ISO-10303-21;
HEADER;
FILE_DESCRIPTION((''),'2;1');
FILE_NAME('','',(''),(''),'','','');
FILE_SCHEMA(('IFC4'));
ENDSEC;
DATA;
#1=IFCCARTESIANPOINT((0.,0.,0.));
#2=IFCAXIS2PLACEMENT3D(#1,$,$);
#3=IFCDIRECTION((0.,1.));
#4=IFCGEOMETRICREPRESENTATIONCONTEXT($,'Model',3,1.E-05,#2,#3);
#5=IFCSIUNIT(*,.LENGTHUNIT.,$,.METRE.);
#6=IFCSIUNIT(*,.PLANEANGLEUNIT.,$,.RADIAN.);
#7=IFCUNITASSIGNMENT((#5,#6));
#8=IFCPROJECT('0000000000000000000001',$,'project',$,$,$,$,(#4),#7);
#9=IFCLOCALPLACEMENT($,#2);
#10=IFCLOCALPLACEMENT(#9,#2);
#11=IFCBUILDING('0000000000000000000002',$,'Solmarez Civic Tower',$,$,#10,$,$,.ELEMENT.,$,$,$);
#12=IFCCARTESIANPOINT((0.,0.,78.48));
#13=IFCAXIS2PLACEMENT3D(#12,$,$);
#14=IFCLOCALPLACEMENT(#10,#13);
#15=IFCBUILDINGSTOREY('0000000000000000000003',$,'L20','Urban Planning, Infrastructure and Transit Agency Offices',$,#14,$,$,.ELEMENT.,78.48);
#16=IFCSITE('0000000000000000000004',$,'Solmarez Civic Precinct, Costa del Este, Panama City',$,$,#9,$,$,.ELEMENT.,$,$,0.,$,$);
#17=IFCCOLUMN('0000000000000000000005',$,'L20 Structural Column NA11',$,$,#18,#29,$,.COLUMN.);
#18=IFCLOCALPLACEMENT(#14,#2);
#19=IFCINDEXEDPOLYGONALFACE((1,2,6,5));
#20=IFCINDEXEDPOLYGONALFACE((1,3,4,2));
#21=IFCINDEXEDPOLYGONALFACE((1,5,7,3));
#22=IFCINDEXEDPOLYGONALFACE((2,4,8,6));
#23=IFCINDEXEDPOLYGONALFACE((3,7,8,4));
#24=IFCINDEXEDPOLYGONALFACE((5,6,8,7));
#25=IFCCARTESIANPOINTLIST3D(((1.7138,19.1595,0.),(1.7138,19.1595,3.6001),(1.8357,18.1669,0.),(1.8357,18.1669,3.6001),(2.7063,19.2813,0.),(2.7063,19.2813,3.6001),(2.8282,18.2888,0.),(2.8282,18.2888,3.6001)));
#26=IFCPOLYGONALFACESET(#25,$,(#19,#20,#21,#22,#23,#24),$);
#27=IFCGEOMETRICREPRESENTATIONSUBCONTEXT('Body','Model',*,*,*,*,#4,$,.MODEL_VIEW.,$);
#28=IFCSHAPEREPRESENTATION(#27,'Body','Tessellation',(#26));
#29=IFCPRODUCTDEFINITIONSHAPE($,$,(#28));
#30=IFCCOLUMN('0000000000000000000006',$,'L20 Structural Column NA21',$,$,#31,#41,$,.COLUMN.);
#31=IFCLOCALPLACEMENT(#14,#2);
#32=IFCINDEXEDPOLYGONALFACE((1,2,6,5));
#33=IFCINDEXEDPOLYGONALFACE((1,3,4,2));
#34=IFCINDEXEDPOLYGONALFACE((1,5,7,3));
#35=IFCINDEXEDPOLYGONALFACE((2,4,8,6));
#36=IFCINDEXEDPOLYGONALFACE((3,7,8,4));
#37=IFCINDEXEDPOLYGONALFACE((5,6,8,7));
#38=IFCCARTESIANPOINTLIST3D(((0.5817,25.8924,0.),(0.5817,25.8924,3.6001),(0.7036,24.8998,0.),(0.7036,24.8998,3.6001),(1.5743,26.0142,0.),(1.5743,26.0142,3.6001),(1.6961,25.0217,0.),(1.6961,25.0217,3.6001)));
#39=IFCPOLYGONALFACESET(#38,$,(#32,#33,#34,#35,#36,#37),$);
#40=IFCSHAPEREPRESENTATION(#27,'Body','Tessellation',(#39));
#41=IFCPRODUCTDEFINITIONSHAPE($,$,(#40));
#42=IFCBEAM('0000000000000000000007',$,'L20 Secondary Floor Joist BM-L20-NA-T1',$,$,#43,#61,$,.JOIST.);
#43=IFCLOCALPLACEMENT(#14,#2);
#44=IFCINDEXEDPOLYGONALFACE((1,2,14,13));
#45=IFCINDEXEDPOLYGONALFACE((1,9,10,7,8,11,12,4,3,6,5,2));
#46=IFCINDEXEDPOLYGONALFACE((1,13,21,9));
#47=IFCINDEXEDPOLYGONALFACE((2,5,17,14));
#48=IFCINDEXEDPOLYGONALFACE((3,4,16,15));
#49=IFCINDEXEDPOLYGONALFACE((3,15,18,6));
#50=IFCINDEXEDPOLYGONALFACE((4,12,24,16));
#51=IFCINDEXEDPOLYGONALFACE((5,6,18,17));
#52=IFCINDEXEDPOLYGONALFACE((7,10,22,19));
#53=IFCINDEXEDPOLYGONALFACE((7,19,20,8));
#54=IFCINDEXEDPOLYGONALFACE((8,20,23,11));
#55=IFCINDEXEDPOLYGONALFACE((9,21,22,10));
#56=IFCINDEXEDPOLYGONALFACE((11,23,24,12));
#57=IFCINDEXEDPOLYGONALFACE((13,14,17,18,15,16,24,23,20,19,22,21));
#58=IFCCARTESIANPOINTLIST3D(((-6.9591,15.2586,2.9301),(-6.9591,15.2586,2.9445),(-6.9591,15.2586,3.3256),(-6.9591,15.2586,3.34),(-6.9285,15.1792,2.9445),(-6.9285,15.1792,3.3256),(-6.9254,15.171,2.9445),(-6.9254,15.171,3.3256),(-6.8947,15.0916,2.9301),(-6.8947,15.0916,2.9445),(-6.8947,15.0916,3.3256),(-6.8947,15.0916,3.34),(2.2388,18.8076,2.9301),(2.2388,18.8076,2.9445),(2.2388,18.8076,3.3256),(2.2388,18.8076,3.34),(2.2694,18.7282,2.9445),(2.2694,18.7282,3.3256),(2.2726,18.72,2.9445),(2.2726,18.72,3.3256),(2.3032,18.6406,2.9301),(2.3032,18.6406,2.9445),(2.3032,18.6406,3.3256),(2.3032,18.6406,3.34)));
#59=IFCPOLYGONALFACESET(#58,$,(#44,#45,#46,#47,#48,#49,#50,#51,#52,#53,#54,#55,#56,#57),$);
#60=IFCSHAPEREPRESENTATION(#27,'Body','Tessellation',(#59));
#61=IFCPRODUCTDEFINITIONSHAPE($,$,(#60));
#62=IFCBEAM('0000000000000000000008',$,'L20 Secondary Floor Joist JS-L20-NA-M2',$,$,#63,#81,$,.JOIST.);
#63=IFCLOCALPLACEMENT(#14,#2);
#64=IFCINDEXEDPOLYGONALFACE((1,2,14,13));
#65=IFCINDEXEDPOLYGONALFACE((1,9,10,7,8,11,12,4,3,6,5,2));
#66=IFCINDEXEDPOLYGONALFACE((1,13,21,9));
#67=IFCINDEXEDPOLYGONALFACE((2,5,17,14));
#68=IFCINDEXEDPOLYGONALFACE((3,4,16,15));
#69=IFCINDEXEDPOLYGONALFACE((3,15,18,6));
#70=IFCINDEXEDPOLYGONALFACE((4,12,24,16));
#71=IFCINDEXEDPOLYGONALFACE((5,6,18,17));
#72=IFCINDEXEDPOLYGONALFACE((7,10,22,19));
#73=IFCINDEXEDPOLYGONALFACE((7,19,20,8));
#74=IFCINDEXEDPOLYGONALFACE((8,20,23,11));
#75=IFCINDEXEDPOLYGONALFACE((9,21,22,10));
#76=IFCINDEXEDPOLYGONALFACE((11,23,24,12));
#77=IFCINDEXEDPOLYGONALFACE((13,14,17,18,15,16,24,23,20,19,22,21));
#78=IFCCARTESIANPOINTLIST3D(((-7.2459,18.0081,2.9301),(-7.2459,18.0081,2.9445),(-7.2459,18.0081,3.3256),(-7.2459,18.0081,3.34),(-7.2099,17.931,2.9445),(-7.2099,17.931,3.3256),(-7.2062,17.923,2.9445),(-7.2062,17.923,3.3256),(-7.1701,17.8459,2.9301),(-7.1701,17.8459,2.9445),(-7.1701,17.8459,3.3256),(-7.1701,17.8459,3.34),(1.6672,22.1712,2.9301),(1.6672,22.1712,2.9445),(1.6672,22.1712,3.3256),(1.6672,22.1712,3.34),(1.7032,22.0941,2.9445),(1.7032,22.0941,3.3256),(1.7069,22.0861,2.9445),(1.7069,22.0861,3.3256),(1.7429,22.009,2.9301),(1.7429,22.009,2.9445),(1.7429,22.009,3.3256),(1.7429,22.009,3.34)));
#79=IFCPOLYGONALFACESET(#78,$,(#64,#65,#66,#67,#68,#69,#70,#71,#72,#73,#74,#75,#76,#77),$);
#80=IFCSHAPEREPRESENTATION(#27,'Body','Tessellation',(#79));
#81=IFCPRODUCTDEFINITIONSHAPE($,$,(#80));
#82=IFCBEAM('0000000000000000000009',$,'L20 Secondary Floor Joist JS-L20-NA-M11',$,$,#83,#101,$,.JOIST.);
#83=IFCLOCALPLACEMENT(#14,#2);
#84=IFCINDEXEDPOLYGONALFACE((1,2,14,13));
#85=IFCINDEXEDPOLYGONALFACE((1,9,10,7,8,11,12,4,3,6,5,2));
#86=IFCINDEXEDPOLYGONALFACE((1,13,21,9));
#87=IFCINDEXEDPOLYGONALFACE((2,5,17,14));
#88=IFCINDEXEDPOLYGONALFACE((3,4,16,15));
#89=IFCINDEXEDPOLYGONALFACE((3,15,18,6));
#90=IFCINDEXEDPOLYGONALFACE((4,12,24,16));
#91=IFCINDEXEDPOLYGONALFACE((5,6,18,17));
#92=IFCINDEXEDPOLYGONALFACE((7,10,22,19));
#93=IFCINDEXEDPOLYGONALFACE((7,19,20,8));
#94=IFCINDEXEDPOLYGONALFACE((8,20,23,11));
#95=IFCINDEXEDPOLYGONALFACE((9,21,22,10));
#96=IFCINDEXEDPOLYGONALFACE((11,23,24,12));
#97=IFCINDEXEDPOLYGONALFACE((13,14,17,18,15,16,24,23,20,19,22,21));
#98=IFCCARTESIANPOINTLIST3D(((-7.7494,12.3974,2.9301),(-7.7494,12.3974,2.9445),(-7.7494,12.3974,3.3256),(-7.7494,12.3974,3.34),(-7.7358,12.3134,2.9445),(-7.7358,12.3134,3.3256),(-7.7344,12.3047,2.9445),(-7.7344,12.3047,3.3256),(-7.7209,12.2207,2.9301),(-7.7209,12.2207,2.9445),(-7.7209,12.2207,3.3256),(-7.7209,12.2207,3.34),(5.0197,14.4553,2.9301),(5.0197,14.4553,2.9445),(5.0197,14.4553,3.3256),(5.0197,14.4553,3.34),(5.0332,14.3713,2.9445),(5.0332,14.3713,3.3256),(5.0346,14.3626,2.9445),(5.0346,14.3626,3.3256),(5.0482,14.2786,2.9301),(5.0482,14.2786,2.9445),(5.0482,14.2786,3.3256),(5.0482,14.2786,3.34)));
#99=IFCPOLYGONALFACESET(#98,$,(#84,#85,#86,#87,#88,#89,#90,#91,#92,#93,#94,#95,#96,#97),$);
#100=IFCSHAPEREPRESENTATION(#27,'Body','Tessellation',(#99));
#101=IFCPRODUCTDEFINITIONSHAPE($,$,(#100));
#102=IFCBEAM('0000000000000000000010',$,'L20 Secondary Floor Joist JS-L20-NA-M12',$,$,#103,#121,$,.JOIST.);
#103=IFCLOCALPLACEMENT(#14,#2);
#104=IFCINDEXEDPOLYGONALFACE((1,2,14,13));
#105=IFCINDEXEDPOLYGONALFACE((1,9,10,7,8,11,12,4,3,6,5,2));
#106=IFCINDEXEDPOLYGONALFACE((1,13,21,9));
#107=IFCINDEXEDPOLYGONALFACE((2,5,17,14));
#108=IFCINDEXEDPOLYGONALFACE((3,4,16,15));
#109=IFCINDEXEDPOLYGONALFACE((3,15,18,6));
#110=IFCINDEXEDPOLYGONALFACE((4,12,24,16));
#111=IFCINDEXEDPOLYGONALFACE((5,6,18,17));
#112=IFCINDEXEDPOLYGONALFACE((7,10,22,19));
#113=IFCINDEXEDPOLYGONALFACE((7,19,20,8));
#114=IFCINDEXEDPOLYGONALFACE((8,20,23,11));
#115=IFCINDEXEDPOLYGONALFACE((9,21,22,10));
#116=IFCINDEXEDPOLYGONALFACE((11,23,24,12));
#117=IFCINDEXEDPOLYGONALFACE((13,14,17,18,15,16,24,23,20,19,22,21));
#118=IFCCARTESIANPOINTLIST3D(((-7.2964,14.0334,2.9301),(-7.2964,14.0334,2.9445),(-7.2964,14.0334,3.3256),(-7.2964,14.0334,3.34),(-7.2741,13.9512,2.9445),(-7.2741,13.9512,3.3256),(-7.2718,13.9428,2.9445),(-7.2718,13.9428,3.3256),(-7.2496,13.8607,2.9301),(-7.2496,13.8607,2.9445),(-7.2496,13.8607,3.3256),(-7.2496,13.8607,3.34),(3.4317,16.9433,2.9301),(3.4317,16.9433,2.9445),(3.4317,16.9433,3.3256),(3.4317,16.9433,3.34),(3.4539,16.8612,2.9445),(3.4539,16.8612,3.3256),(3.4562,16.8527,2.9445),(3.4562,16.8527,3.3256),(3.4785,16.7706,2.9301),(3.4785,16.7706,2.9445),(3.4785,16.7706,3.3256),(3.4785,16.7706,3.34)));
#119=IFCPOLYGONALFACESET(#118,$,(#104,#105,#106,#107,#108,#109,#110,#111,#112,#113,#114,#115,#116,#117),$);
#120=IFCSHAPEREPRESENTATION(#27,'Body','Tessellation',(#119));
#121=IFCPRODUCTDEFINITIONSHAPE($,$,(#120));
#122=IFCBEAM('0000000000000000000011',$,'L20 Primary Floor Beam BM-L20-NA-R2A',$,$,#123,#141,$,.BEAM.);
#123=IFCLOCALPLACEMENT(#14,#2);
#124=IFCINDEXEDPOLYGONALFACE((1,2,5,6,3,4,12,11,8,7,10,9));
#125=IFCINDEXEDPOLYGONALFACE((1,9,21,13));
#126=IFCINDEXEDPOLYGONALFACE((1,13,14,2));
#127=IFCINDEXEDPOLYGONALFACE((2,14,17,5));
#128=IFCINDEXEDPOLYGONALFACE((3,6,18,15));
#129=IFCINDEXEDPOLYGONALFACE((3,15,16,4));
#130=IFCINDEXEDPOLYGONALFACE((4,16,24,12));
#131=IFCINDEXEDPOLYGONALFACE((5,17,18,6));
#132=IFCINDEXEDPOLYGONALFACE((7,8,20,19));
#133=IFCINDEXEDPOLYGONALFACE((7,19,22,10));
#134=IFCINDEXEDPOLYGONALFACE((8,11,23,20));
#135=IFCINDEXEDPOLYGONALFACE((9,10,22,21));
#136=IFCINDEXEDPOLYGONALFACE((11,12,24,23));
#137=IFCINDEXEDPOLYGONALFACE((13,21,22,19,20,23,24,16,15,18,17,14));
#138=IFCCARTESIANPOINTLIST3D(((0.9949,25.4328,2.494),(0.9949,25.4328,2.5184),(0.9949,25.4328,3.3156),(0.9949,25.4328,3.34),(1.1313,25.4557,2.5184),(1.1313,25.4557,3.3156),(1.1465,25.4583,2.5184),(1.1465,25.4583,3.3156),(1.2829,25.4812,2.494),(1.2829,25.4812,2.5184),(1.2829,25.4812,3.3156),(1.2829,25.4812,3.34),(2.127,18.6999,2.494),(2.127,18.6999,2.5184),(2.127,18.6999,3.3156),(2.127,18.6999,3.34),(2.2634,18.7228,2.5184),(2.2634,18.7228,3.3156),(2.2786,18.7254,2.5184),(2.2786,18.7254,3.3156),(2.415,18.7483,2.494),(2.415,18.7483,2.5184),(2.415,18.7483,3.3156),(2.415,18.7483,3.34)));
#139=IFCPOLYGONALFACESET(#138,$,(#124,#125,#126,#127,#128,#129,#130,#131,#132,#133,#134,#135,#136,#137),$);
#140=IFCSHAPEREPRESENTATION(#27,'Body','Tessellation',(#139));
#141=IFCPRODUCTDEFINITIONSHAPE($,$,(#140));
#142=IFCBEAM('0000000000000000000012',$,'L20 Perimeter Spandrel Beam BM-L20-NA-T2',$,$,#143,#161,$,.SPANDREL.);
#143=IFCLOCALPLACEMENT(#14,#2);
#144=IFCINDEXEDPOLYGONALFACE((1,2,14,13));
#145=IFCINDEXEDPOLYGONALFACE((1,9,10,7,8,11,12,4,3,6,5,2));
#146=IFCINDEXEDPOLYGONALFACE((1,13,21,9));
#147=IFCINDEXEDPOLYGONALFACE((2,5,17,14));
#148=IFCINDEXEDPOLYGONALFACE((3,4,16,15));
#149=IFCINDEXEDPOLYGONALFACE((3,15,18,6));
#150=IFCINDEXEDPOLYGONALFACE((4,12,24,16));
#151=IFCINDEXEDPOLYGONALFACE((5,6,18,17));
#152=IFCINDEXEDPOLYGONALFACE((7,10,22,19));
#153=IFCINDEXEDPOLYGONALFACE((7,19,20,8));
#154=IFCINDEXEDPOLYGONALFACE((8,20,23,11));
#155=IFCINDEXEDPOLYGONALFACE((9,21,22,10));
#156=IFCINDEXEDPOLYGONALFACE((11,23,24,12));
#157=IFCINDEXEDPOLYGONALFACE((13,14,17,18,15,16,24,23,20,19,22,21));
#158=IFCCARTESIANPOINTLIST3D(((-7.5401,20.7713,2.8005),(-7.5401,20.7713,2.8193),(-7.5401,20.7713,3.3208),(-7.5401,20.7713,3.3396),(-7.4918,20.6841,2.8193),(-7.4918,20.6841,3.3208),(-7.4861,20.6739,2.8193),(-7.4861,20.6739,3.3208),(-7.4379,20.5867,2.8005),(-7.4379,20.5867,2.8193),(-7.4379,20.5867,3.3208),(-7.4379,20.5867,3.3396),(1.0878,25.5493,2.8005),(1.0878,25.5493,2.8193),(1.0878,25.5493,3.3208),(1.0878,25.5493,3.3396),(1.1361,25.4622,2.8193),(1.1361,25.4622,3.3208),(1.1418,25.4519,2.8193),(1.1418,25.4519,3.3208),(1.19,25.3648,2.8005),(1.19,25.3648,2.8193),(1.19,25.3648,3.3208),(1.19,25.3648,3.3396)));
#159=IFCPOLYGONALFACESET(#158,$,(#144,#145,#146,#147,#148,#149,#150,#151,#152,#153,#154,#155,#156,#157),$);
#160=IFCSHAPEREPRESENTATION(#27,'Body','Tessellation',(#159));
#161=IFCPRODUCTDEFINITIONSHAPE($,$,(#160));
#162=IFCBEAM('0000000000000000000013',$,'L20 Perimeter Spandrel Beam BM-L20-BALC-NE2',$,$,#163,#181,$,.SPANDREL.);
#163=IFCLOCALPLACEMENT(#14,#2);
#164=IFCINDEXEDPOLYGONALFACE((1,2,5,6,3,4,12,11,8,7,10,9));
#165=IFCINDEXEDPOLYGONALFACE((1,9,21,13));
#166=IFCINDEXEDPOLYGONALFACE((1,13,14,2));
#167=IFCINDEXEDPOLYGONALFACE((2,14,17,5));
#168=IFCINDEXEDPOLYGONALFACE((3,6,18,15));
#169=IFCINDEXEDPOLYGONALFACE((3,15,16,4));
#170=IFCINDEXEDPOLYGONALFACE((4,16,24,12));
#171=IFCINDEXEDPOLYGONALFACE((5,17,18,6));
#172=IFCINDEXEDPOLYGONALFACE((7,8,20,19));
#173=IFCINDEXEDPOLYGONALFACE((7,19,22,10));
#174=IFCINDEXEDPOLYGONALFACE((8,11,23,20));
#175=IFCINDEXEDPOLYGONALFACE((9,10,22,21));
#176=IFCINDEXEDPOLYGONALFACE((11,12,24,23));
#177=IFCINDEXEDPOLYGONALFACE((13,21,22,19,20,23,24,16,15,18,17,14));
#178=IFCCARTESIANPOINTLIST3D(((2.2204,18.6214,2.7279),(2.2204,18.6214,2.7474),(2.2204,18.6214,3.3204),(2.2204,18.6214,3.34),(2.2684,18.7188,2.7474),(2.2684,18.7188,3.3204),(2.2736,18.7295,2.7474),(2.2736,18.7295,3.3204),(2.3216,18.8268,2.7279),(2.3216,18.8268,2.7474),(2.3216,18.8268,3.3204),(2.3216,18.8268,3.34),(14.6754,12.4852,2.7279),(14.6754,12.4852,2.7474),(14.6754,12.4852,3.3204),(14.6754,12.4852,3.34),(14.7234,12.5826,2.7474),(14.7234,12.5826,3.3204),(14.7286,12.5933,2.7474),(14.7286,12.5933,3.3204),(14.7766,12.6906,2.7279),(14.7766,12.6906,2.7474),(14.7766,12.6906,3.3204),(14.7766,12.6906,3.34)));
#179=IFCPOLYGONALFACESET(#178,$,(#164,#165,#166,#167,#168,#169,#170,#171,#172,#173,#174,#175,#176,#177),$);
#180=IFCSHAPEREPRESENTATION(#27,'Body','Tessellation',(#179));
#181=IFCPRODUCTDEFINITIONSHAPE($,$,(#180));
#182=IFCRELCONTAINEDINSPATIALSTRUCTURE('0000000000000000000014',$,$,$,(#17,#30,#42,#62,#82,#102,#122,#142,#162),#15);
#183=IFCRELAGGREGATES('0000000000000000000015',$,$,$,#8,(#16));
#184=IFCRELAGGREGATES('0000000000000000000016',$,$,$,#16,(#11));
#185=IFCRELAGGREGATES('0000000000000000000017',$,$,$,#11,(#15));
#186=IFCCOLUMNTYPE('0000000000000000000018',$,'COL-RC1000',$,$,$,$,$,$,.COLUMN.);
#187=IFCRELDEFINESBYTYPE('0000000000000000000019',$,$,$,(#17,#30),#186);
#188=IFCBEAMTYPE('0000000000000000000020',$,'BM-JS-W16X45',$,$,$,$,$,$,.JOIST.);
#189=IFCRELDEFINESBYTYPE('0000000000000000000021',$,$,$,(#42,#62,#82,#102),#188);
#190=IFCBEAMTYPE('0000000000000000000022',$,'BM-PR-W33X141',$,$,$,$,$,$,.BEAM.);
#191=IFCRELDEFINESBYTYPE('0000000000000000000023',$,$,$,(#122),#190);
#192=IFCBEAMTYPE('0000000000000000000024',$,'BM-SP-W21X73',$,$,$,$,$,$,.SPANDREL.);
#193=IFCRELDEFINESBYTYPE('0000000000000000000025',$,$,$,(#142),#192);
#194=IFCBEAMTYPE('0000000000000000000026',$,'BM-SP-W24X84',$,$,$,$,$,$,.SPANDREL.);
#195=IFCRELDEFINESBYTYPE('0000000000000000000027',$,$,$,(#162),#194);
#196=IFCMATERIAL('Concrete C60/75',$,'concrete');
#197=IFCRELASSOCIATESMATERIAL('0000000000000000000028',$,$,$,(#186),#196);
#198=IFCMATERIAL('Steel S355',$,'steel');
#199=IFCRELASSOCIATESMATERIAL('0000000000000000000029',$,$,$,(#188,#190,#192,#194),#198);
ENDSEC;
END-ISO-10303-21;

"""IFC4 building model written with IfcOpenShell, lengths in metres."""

from ifc_helpers import new_model, si_unit, direction, frame, origin, origin_2d, place, context, subcontext, project, spatial, rectangle, i_section, extrude, material, material_profile, profile_set, type_object, element, save


model = new_model("IFC4")

# Units and contexts
model_context = context("Model", 3, precision=1e-05, world=origin(), true_north=direction((0.0, 1.0)))
body_context = subcontext(model_context, "Body", "Model", "MODEL_VIEW")
ifc_project = project(units=[si_unit("LENGTHUNIT", "METRE"), si_unit("PLANEANGLEUNIT", "RADIAN")], contexts=[model_context])

# Site, building, storey
site_placement = place(None, origin())
site = spatial("IfcSite", under=ifc_project, at=site_placement, Name="Solmarez Civic Precinct, Costa del Este, Panama City", CompositionType="ELEMENT", RefElevation=0.0)
building_placement = place(site_placement, origin())
building = spatial("IfcBuilding", under=site, at=building_placement, Name="Solmarez Civic Tower", CompositionType="ELEMENT")
storey_placement = place(building_placement, frame((0.0, 0.0, 78.48)))
storey = spatial("IfcBuildingStorey", under=building, at=storey_placement, Name="L20", Description="Urban Planning, Infrastructure and Transit Agency Offices", CompositionType="ELEMENT", Elevation=78.48)

# Columns
ifc_material_1 = material(Name="Concrete C60/75", Category="concrete")
ifc_material_profile_1 = material_profile(ifc_material_1, rectangle(XDim=1.0, YDim=1.0, at=origin_2d()), Name="RC1000X1000")
ifc_profile_set_1 = profile_set([ifc_material_profile_1], Name="Concrete C60/75")
column_type = type_object("IfcColumnType", Name="COL-RC1000", PredefinedType="COLUMN", material=ifc_profile_set_1)
for number, where, z_axis, x_axis, name in (
    (1, (2.271, 18.7241, 0.0), (0.0, 0.0, 1.0), (0.992546, 0.121869, 0.0), "L20 Structural Column NA11"),
    (2, (1.1389, 25.457, 0.0), (0.0, 0.0, 1.0), (0.992546, 0.121869, 0.0), "L20 Structural Column NA21"),
):
    element("IfcColumn", number, at=place(storey_placement, frame(where, z_axis=z_axis, x_axis=x_axis)), inside=storey, type_object=column_type, Name=name, PredefinedType="COLUMN", context=body_context, shape_type="SweptSolid", body=[
        extrude(rectangle(XDim=1.0, YDim=1.0, at=origin_2d()), origin(), (0.0, 0.0, 1.0), 3.6001),
    ])

# Beams
ifc_material_2 = material(Name="Steel S355", Category="steel")
ifc_material_profile_2 = material_profile(ifc_material_2, i_section(OverallWidth=0.179, OverallDepth=0.4099, WebThickness=0.0088, FlangeThickness=0.0144, at=origin_2d()), Name="W16X45")
ifc_profile_set_2 = profile_set([ifc_material_profile_2], Name="Steel S355")
beam_type_1 = type_object("IfcBeamType", Name="BM-JS-W16X45", PredefinedType="JOIST", material=ifc_profile_set_2)
beam_1_placement = place(storey_placement, frame((2.271, 18.7241, 3.135), z_axis=(-0.932958, -0.359984, 0.0), x_axis=(0.359984, -0.932958, 0.0)))
element("IfcBeam", 3, at=beam_1_placement, inside=storey, type_object=beam_type_1, Name="L20 Secondary Floor Joist BM-L20-NA-T1", PredefinedType="JOIST", context=body_context, shape_type="SweptSolid", body=[
    extrude(i_section(OverallWidth=0.179, OverallDepth=0.4099, WebThickness=0.0088, FlangeThickness=0.0144, at=origin_2d()), origin(), (0.0, 0.0, 1.0), 9.8589),
])
beam_2_placement = place(storey_placement, frame((1.7051, 22.0901, 3.135), z_axis=(-0.906041, -0.42319, 0.0), x_axis=(0.42319, -0.906041, 0.0)))
element("IfcBeam", 4, at=beam_2_placement, inside=storey, type_object=beam_type_1, Name="L20 Secondary Floor Joist JS-L20-NA-M2", PredefinedType="JOIST", context=body_context, shape_type="SweptSolid", body=[
    extrude(i_section(OverallWidth=0.179, OverallDepth=0.4099, WebThickness=0.0088, FlangeThickness=0.0144, at=origin_2d()), origin(), (0.0, 0.0, 1.0), 9.8374),
])
beam_3_placement = place(storey_placement, frame((5.0339, 14.3669, 3.135), z_axis=(-0.987261, -0.159107, 0.0), x_axis=(0.159107, -0.987261, 0.0)))
element("IfcBeam", 5, at=beam_3_placement, inside=storey, type_object=beam_type_1, Name="L20 Secondary Floor Joist JS-L20-NA-M11", PredefinedType="JOIST", context=body_context, shape_type="SweptSolid", body=[
    extrude(i_section(OverallWidth=0.179, OverallDepth=0.4099, WebThickness=0.0088, FlangeThickness=0.0144, at=origin_2d()), origin(), (0.0, 0.0, 1.0), 12.9338),
])
beam_4_placement = place(storey_placement, frame((3.4551, 16.8569, 3.135), z_axis=(-0.965126, -0.261785, 0.0), x_axis=(0.261785, -0.965126, 0.0)))
element("IfcBeam", 6, at=beam_4_placement, inside=storey, type_object=beam_type_1, Name="L20 Secondary Floor Joist JS-L20-NA-M12", PredefinedType="JOIST", context=body_context, shape_type="SweptSolid", body=[
    extrude(i_section(OverallWidth=0.179, OverallDepth=0.4099, WebThickness=0.0088, FlangeThickness=0.0144, at=origin_2d()), origin(), (0.0, 0.0, 1.0), 11.1157),
])
ifc_material_profile_3 = material_profile(ifc_material_2, i_section(OverallWidth=0.292, OverallDepth=0.8459, WebThickness=0.0154, FlangeThickness=0.0244, at=origin_2d()), Name="W33X141")
ifc_profile_set_3 = profile_set([ifc_material_profile_3], Name="Steel S355")
beam_type_2 = type_object("IfcBeamType", Name="BM-PR-W33X141", PredefinedType="BEAM", material=ifc_profile_set_3)
beam_5_placement = place(storey_placement, frame((2.271, 18.7241, 2.917), z_axis=(-0.165814, 0.986157, 0.0), x_axis=(-0.986157, -0.165814, 0.0)))
element("IfcBeam", 7, at=beam_5_placement, inside=storey, type_object=beam_type_2, Name="L20 Primary Floor Beam BM-L20-NA-R2A", PredefinedType="BEAM", context=body_context, shape_type="SweptSolid", body=[
    extrude(i_section(OverallWidth=0.292, OverallDepth=0.8459, WebThickness=0.0154, FlangeThickness=0.0244, at=origin_2d()), origin(), (0.0, 0.0, 1.0), 6.8274),
])
ifc_material_profile_4 = material_profile(ifc_material_2, i_section(OverallWidth=0.2109, OverallDepth=0.5391, WebThickness=0.0117, FlangeThickness=0.0188, at=origin_2d()), Name="W21X73")
ifc_profile_set_4 = profile_set([ifc_material_profile_4], Name="Steel S355")
beam_type_3 = type_object("IfcBeamType", Name="BM-SP-W21X73", PredefinedType="SPANDREL", material=ifc_profile_set_4)
beam_6_placement = place(storey_placement, frame((1.1389, 25.457, 3.0701), z_axis=(-0.874812, -0.484463, 0.0), x_axis=(0.484463, -0.874812, 0.0)))
element("IfcBeam", 8, at=beam_6_placement, inside=storey, type_object=beam_type_3, Name="L20 Perimeter Spandrel Beam BM-L20-NA-T2", PredefinedType="SPANDREL", context=body_context, shape_type="SweptSolid", body=[
    extrude(i_section(OverallWidth=0.2109, OverallDepth=0.5391, WebThickness=0.0117, FlangeThickness=0.0188, at=origin_2d()), origin(), (0.0, 0.0, 1.0), 9.8625),
])
ifc_material_profile_5 = material_profile(ifc_material_2, i_section(OverallWidth=0.229, OverallDepth=0.6121, WebThickness=0.012, FlangeThickness=0.0195, at=origin_2d()), Name="W24X84")
ifc_profile_set_5 = profile_set([ifc_material_profile_5], Name="Steel S355")
beam_type_4 = type_object("IfcBeamType", Name="BM-SP-W24X84", PredefinedType="SPANDREL", material=ifc_profile_set_5)
beam_7_placement = place(storey_placement, frame((2.271, 18.7241, 3.0339), z_axis=(0.897042, -0.441945, 0.0), x_axis=(0.441945, 0.897042, 0.0)))
element("IfcBeam", 9, at=beam_7_placement, inside=storey, type_object=beam_type_4, Name="L20 Perimeter Spandrel Beam BM-L20-BALC-NE2", PredefinedType="SPANDREL", context=body_context, shape_type="SweptSolid", body=[
    extrude(i_section(OverallWidth=0.229, OverallDepth=0.6121, WebThickness=0.012, FlangeThickness=0.0195, at=origin_2d()), origin(), (0.0, 0.0, 1.0), 13.8845),
])

save(model, "model.ifc")
